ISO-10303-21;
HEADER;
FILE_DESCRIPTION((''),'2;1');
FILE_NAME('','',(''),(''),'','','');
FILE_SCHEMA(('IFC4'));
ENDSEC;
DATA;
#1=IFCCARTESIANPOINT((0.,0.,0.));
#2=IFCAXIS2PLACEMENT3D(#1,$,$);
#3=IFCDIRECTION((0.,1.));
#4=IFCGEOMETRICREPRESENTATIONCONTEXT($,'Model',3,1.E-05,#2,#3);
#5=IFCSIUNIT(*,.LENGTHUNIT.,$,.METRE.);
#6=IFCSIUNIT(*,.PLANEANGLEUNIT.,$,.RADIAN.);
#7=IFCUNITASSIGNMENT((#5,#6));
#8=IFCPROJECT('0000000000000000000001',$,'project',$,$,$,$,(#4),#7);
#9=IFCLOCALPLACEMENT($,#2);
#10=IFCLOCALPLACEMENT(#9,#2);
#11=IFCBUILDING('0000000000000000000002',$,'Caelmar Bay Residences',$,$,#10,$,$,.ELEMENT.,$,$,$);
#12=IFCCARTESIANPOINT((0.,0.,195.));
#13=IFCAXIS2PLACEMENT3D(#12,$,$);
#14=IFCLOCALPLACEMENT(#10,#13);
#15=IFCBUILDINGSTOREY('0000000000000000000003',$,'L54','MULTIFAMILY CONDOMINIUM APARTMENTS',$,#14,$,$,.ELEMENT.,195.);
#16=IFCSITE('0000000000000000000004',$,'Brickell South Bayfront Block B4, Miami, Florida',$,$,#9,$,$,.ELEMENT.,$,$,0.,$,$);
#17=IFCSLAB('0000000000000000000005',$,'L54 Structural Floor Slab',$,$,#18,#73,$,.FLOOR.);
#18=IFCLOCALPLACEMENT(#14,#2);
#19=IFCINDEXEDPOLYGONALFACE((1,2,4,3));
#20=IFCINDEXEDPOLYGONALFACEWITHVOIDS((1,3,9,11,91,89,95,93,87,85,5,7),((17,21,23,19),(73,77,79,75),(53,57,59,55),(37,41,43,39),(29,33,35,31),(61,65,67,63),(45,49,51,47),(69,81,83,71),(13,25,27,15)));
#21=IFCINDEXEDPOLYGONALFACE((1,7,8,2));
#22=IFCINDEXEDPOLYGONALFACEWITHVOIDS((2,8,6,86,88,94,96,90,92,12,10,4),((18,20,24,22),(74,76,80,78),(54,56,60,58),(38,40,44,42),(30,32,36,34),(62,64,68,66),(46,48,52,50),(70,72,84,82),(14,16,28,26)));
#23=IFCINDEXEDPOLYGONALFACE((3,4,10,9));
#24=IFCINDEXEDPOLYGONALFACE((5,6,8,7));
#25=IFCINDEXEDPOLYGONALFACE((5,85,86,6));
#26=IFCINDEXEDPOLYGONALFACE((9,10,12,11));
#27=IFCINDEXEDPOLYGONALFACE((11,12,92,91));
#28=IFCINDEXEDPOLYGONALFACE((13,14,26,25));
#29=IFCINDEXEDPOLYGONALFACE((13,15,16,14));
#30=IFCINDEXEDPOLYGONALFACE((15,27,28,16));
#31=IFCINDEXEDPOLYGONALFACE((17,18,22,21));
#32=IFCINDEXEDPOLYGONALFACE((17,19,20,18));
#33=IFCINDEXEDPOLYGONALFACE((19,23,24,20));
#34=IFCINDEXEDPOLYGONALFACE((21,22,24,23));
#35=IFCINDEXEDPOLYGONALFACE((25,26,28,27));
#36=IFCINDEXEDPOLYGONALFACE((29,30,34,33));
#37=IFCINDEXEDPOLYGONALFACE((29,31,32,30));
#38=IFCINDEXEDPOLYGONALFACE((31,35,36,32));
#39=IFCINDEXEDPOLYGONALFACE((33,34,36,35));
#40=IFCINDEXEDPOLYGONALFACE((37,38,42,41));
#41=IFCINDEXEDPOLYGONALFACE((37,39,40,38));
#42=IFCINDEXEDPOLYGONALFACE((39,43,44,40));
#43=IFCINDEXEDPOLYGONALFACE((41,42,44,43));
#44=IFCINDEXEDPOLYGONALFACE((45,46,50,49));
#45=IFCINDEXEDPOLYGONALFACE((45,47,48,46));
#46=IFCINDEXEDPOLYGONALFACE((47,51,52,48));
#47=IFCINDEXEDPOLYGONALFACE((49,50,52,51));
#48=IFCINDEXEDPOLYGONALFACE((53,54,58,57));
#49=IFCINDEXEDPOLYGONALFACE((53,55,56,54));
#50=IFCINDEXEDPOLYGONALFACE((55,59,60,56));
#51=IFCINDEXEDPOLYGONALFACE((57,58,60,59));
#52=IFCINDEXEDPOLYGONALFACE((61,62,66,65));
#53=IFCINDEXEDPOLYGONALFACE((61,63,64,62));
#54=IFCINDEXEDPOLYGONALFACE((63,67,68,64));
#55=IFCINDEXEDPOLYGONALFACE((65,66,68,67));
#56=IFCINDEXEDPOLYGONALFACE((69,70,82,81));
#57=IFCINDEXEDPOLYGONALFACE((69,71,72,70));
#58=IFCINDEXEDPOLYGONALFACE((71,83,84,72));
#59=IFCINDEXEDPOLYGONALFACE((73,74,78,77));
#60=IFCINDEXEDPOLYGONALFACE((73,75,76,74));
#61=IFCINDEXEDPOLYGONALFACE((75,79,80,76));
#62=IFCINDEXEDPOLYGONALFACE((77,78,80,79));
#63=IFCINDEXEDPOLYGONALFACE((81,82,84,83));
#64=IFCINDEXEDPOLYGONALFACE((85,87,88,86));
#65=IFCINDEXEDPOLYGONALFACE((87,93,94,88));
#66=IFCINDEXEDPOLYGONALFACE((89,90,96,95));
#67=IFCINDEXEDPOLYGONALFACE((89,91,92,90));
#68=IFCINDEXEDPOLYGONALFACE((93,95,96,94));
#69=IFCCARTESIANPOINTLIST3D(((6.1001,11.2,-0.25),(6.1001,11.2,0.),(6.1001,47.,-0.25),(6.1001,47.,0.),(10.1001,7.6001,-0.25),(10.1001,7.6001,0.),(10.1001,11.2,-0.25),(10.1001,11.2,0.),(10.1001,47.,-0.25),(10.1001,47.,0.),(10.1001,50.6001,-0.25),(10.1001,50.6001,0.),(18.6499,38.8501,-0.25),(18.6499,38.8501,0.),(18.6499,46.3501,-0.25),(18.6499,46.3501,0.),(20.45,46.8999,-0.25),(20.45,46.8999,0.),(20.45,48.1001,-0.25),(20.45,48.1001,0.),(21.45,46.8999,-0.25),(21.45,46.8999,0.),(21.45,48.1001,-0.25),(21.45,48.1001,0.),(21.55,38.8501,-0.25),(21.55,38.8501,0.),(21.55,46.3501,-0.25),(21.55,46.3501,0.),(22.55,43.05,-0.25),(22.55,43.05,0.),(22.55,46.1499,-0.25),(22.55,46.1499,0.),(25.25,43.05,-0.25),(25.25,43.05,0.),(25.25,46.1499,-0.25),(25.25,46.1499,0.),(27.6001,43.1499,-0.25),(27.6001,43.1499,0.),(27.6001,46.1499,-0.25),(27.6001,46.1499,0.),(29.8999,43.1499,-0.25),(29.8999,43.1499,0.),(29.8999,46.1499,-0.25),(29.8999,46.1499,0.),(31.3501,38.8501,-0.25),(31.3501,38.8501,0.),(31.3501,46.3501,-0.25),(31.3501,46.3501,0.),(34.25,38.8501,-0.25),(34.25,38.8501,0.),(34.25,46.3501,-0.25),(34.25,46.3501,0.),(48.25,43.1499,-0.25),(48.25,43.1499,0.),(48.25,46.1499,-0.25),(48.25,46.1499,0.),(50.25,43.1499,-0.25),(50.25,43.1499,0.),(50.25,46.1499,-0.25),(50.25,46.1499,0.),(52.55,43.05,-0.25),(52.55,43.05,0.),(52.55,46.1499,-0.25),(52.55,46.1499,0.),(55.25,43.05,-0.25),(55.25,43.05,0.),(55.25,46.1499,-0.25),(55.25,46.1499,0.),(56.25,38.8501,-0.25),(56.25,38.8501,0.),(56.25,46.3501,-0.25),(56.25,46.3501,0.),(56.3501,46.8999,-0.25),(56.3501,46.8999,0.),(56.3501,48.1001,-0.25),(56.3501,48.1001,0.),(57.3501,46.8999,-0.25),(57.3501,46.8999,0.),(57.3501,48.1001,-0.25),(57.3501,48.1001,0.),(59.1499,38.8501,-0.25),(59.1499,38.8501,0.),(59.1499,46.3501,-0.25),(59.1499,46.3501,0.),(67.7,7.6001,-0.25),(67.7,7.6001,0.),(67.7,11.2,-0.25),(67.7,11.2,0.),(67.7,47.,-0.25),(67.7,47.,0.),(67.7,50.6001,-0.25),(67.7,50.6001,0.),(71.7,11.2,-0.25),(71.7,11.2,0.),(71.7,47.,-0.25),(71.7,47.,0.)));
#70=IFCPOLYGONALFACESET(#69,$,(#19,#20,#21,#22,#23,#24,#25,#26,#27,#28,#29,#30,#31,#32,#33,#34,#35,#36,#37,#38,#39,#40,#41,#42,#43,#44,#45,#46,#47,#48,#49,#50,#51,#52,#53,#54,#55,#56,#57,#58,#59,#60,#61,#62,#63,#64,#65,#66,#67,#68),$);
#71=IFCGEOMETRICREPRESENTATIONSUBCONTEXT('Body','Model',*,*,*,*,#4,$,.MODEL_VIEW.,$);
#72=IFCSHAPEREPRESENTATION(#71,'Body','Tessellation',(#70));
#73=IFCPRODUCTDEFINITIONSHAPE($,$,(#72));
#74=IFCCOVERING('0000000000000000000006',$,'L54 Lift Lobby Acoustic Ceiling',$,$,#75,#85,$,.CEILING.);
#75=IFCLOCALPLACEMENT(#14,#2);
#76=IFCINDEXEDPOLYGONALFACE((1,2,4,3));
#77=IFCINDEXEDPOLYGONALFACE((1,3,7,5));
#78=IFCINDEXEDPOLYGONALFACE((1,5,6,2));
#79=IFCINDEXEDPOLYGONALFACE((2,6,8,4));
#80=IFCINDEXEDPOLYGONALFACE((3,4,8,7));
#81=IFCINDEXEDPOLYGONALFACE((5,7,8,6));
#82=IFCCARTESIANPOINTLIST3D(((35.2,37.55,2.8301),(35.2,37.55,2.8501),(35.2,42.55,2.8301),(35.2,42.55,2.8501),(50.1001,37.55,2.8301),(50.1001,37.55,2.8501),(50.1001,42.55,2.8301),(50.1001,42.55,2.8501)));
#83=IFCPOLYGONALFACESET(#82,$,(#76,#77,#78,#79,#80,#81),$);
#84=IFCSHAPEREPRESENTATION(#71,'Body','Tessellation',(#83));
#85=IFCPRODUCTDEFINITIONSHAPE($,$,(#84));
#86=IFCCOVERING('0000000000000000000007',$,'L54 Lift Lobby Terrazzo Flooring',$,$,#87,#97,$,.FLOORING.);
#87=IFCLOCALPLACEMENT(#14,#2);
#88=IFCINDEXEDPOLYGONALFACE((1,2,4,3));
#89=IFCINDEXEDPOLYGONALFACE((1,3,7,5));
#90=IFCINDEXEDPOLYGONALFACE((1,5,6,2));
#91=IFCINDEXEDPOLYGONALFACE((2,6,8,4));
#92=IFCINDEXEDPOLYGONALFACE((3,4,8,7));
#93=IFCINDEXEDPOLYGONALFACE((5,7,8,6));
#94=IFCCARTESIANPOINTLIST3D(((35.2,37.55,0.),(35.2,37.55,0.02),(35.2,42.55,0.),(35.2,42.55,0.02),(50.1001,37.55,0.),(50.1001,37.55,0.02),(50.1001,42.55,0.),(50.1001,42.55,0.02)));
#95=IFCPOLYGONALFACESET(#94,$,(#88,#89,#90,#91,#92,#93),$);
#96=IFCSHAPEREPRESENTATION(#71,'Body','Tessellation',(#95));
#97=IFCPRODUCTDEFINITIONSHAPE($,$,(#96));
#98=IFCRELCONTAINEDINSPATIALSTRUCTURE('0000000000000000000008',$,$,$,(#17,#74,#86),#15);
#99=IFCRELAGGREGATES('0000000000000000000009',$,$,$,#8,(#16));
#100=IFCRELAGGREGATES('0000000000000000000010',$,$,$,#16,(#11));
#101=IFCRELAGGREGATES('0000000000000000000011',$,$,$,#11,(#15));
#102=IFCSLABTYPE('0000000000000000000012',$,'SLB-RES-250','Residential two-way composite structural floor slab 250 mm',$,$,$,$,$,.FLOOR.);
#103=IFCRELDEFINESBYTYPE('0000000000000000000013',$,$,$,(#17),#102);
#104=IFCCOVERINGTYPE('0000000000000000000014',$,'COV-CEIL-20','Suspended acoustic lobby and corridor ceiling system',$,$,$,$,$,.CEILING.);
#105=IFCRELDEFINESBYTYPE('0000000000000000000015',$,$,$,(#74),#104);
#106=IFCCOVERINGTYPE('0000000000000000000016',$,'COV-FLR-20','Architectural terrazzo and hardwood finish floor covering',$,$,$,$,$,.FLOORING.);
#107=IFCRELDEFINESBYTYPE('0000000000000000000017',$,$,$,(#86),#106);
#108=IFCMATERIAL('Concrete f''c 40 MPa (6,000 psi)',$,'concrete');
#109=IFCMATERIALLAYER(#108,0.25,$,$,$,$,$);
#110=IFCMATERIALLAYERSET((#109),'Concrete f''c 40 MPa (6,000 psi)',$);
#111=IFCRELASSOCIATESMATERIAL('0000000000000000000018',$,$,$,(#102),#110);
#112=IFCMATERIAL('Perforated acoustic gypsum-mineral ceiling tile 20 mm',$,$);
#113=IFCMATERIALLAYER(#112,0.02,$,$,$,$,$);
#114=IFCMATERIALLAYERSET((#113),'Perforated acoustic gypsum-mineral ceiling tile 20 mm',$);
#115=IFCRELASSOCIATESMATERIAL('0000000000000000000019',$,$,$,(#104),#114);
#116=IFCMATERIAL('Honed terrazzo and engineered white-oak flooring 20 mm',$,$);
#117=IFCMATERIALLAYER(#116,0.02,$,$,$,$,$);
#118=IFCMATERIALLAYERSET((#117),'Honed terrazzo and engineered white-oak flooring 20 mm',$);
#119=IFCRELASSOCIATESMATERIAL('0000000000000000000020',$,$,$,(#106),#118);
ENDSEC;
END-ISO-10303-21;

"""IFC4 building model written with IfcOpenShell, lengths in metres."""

from ifc_helpers import new_model, si_unit, direction, frame, origin, place, context, subcontext, project, spatial, polyline, outline, extrude, material, layer, layer_set, type_object, element, save


model = new_model("IFC4")

# Units and contexts
model_context = context("Model", 3, precision=1e-05, world=origin(), true_north=direction((0.0, 1.0)))
body_context = subcontext(model_context, "Body", "Model", "MODEL_VIEW")
ifc_project = project(units=[si_unit("LENGTHUNIT", "METRE"), si_unit("PLANEANGLEUNIT", "RADIAN")], contexts=[model_context])

# Site, building, storey
site_placement = place(None, origin())
site = spatial("IfcSite", under=ifc_project, at=site_placement, Name="Brickell South Bayfront Block B4, Miami, Florida", CompositionType="ELEMENT", RefElevation=0.0)
building_placement = place(site_placement, origin())
building = spatial("IfcBuilding", under=site, at=building_placement, Name="Caelmar Bay Residences", CompositionType="ELEMENT")
storey_placement = place(building_placement, frame((0.0, 0.0, 195.0)))
storey = spatial("IfcBuildingStorey", under=building, at=storey_placement, Name="L54", Description="MULTIFAMILY CONDOMINIUM APARTMENTS", CompositionType="ELEMENT", Elevation=195.0)

# Shared definitions
ifc_material_1 = material(Name="Concrete f'c 40 MPa (6,000 psi)", Category="concrete")

# Slab
ifc_layer_1 = layer(ifc_material_1, 0.25)
ifc_layer_set_1 = layer_set([ifc_layer_1], Name="Concrete f'c 40 MPa (6,000 psi)")
slab_type_1 = type_object("IfcSlabType", Name="SLB-RES-250", Description="Residential two-way composite structural floor slab 250 mm", PredefinedType="FLOOR", material=ifc_layer_set_1)
slab_1_placement = place(storey_placement, frame((0.0, 0.0, -0.25)))
element("IfcSlab", 1, at=slab_1_placement, inside=storey, type_object=slab_type_1, Name="L54 Structural Floor Slab", PredefinedType="FLOOR", context=body_context, shape_type="SweptSolid", body=[
    extrude(outline(polyline([(10.1001, 7.6001), (67.7, 7.6001), (67.7, 11.2), (71.7, 11.2), (71.7, 47.0), (67.7, 47.0), (67.7, 50.6001), (10.1001, 50.6001), (10.1001, 47.0), (6.1001, 47.0), (6.1001, 11.2), (10.1001, 11.2), (10.1001, 7.6001)]), holes=[polyline([(18.6499, 38.8501), (21.55, 38.8501), (21.55, 46.3501), (18.6499, 46.3501), (18.6499, 38.8501)]), polyline([(56.25, 38.8501), (59.1499, 38.8501), (59.1499, 46.3501), (56.25, 46.3501), (56.25, 38.8501)]), polyline([(31.3501, 38.8501), (34.25, 38.8501), (34.25, 46.3501), (31.3501, 46.3501), (31.3501, 38.8501)]), polyline([(22.55, 43.05), (25.25, 43.05), (25.25, 46.1499), (22.55, 46.1499), (22.55, 43.05)]), polyline([(52.55, 43.05), (55.25, 43.05), (55.25, 46.1499), (52.55, 46.1499), (52.55, 43.05)]), polyline([(48.25, 43.1499), (50.25, 43.1499), (50.25, 46.1499), (48.25, 46.1499), (48.25, 43.1499)]), polyline([(27.6001, 43.1499), (29.8999, 43.1499), (29.8999, 46.1499), (27.6001, 46.1499), (27.6001, 43.1499)]), polyline([(20.45, 46.8999), (21.45, 46.8999), (21.45, 48.1001), (20.45, 48.1001), (20.45, 46.8999)]), polyline([(56.3501, 46.8999), (57.3501, 46.8999), (57.3501, 48.1001), (56.3501, 48.1001), (56.3501, 46.8999)])]), origin(), (0.0, 0.0, 1.0), 0.25),
])

# Coverings
ifc_material_2 = material(Name="Perforated acoustic gypsum-mineral ceiling tile 20 mm")
ifc_layer_2 = layer(ifc_material_2, 0.02)
ifc_layer_set_2 = layer_set([ifc_layer_2], Name="Perforated acoustic gypsum-mineral ceiling tile 20 mm")
covering_type_1 = type_object("IfcCoveringType", Name="COV-CEIL-20", Description="Suspended acoustic lobby and corridor ceiling system", PredefinedType="CEILING", material=ifc_layer_set_2)
covering_1_placement = place(storey_placement, frame((0.0, 0.0, 2.8301)))
element("IfcCovering", 2, at=covering_1_placement, inside=storey, type_object=covering_type_1, Name="L54 Lift Lobby Acoustic Ceiling", PredefinedType="CEILING", context=body_context, shape_type="SweptSolid", body=[
    extrude(outline(polyline([(35.2, 37.55), (50.1001, 37.55), (50.1001, 42.55), (35.2, 42.55), (35.2, 37.55)])), origin(), (0.0, 0.0, 1.0), 0.02),
])
ifc_material_3 = material(Name="Honed terrazzo and engineered white-oak flooring 20 mm")
ifc_layer_3 = layer(ifc_material_3, 0.02)
ifc_layer_set_3 = layer_set([ifc_layer_3], Name="Honed terrazzo and engineered white-oak flooring 20 mm")
covering_type_2 = type_object("IfcCoveringType", Name="COV-FLR-20", Description="Architectural terrazzo and hardwood finish floor covering", PredefinedType="FLOORING", material=ifc_layer_set_3)
covering_2_placement = place(storey_placement, origin())
element("IfcCovering", 3, at=covering_2_placement, inside=storey, type_object=covering_type_2, Name="L54 Lift Lobby Terrazzo Flooring", PredefinedType="FLOORING", context=body_context, shape_type="SweptSolid", body=[
    extrude(outline(polyline([(35.2, 37.55), (50.1001, 37.55), (50.1001, 42.55), (35.2, 42.55), (35.2, 37.55)])), origin(), (0.0, 0.0, 1.0), 0.02),
])

save(model, "model.ifc")
